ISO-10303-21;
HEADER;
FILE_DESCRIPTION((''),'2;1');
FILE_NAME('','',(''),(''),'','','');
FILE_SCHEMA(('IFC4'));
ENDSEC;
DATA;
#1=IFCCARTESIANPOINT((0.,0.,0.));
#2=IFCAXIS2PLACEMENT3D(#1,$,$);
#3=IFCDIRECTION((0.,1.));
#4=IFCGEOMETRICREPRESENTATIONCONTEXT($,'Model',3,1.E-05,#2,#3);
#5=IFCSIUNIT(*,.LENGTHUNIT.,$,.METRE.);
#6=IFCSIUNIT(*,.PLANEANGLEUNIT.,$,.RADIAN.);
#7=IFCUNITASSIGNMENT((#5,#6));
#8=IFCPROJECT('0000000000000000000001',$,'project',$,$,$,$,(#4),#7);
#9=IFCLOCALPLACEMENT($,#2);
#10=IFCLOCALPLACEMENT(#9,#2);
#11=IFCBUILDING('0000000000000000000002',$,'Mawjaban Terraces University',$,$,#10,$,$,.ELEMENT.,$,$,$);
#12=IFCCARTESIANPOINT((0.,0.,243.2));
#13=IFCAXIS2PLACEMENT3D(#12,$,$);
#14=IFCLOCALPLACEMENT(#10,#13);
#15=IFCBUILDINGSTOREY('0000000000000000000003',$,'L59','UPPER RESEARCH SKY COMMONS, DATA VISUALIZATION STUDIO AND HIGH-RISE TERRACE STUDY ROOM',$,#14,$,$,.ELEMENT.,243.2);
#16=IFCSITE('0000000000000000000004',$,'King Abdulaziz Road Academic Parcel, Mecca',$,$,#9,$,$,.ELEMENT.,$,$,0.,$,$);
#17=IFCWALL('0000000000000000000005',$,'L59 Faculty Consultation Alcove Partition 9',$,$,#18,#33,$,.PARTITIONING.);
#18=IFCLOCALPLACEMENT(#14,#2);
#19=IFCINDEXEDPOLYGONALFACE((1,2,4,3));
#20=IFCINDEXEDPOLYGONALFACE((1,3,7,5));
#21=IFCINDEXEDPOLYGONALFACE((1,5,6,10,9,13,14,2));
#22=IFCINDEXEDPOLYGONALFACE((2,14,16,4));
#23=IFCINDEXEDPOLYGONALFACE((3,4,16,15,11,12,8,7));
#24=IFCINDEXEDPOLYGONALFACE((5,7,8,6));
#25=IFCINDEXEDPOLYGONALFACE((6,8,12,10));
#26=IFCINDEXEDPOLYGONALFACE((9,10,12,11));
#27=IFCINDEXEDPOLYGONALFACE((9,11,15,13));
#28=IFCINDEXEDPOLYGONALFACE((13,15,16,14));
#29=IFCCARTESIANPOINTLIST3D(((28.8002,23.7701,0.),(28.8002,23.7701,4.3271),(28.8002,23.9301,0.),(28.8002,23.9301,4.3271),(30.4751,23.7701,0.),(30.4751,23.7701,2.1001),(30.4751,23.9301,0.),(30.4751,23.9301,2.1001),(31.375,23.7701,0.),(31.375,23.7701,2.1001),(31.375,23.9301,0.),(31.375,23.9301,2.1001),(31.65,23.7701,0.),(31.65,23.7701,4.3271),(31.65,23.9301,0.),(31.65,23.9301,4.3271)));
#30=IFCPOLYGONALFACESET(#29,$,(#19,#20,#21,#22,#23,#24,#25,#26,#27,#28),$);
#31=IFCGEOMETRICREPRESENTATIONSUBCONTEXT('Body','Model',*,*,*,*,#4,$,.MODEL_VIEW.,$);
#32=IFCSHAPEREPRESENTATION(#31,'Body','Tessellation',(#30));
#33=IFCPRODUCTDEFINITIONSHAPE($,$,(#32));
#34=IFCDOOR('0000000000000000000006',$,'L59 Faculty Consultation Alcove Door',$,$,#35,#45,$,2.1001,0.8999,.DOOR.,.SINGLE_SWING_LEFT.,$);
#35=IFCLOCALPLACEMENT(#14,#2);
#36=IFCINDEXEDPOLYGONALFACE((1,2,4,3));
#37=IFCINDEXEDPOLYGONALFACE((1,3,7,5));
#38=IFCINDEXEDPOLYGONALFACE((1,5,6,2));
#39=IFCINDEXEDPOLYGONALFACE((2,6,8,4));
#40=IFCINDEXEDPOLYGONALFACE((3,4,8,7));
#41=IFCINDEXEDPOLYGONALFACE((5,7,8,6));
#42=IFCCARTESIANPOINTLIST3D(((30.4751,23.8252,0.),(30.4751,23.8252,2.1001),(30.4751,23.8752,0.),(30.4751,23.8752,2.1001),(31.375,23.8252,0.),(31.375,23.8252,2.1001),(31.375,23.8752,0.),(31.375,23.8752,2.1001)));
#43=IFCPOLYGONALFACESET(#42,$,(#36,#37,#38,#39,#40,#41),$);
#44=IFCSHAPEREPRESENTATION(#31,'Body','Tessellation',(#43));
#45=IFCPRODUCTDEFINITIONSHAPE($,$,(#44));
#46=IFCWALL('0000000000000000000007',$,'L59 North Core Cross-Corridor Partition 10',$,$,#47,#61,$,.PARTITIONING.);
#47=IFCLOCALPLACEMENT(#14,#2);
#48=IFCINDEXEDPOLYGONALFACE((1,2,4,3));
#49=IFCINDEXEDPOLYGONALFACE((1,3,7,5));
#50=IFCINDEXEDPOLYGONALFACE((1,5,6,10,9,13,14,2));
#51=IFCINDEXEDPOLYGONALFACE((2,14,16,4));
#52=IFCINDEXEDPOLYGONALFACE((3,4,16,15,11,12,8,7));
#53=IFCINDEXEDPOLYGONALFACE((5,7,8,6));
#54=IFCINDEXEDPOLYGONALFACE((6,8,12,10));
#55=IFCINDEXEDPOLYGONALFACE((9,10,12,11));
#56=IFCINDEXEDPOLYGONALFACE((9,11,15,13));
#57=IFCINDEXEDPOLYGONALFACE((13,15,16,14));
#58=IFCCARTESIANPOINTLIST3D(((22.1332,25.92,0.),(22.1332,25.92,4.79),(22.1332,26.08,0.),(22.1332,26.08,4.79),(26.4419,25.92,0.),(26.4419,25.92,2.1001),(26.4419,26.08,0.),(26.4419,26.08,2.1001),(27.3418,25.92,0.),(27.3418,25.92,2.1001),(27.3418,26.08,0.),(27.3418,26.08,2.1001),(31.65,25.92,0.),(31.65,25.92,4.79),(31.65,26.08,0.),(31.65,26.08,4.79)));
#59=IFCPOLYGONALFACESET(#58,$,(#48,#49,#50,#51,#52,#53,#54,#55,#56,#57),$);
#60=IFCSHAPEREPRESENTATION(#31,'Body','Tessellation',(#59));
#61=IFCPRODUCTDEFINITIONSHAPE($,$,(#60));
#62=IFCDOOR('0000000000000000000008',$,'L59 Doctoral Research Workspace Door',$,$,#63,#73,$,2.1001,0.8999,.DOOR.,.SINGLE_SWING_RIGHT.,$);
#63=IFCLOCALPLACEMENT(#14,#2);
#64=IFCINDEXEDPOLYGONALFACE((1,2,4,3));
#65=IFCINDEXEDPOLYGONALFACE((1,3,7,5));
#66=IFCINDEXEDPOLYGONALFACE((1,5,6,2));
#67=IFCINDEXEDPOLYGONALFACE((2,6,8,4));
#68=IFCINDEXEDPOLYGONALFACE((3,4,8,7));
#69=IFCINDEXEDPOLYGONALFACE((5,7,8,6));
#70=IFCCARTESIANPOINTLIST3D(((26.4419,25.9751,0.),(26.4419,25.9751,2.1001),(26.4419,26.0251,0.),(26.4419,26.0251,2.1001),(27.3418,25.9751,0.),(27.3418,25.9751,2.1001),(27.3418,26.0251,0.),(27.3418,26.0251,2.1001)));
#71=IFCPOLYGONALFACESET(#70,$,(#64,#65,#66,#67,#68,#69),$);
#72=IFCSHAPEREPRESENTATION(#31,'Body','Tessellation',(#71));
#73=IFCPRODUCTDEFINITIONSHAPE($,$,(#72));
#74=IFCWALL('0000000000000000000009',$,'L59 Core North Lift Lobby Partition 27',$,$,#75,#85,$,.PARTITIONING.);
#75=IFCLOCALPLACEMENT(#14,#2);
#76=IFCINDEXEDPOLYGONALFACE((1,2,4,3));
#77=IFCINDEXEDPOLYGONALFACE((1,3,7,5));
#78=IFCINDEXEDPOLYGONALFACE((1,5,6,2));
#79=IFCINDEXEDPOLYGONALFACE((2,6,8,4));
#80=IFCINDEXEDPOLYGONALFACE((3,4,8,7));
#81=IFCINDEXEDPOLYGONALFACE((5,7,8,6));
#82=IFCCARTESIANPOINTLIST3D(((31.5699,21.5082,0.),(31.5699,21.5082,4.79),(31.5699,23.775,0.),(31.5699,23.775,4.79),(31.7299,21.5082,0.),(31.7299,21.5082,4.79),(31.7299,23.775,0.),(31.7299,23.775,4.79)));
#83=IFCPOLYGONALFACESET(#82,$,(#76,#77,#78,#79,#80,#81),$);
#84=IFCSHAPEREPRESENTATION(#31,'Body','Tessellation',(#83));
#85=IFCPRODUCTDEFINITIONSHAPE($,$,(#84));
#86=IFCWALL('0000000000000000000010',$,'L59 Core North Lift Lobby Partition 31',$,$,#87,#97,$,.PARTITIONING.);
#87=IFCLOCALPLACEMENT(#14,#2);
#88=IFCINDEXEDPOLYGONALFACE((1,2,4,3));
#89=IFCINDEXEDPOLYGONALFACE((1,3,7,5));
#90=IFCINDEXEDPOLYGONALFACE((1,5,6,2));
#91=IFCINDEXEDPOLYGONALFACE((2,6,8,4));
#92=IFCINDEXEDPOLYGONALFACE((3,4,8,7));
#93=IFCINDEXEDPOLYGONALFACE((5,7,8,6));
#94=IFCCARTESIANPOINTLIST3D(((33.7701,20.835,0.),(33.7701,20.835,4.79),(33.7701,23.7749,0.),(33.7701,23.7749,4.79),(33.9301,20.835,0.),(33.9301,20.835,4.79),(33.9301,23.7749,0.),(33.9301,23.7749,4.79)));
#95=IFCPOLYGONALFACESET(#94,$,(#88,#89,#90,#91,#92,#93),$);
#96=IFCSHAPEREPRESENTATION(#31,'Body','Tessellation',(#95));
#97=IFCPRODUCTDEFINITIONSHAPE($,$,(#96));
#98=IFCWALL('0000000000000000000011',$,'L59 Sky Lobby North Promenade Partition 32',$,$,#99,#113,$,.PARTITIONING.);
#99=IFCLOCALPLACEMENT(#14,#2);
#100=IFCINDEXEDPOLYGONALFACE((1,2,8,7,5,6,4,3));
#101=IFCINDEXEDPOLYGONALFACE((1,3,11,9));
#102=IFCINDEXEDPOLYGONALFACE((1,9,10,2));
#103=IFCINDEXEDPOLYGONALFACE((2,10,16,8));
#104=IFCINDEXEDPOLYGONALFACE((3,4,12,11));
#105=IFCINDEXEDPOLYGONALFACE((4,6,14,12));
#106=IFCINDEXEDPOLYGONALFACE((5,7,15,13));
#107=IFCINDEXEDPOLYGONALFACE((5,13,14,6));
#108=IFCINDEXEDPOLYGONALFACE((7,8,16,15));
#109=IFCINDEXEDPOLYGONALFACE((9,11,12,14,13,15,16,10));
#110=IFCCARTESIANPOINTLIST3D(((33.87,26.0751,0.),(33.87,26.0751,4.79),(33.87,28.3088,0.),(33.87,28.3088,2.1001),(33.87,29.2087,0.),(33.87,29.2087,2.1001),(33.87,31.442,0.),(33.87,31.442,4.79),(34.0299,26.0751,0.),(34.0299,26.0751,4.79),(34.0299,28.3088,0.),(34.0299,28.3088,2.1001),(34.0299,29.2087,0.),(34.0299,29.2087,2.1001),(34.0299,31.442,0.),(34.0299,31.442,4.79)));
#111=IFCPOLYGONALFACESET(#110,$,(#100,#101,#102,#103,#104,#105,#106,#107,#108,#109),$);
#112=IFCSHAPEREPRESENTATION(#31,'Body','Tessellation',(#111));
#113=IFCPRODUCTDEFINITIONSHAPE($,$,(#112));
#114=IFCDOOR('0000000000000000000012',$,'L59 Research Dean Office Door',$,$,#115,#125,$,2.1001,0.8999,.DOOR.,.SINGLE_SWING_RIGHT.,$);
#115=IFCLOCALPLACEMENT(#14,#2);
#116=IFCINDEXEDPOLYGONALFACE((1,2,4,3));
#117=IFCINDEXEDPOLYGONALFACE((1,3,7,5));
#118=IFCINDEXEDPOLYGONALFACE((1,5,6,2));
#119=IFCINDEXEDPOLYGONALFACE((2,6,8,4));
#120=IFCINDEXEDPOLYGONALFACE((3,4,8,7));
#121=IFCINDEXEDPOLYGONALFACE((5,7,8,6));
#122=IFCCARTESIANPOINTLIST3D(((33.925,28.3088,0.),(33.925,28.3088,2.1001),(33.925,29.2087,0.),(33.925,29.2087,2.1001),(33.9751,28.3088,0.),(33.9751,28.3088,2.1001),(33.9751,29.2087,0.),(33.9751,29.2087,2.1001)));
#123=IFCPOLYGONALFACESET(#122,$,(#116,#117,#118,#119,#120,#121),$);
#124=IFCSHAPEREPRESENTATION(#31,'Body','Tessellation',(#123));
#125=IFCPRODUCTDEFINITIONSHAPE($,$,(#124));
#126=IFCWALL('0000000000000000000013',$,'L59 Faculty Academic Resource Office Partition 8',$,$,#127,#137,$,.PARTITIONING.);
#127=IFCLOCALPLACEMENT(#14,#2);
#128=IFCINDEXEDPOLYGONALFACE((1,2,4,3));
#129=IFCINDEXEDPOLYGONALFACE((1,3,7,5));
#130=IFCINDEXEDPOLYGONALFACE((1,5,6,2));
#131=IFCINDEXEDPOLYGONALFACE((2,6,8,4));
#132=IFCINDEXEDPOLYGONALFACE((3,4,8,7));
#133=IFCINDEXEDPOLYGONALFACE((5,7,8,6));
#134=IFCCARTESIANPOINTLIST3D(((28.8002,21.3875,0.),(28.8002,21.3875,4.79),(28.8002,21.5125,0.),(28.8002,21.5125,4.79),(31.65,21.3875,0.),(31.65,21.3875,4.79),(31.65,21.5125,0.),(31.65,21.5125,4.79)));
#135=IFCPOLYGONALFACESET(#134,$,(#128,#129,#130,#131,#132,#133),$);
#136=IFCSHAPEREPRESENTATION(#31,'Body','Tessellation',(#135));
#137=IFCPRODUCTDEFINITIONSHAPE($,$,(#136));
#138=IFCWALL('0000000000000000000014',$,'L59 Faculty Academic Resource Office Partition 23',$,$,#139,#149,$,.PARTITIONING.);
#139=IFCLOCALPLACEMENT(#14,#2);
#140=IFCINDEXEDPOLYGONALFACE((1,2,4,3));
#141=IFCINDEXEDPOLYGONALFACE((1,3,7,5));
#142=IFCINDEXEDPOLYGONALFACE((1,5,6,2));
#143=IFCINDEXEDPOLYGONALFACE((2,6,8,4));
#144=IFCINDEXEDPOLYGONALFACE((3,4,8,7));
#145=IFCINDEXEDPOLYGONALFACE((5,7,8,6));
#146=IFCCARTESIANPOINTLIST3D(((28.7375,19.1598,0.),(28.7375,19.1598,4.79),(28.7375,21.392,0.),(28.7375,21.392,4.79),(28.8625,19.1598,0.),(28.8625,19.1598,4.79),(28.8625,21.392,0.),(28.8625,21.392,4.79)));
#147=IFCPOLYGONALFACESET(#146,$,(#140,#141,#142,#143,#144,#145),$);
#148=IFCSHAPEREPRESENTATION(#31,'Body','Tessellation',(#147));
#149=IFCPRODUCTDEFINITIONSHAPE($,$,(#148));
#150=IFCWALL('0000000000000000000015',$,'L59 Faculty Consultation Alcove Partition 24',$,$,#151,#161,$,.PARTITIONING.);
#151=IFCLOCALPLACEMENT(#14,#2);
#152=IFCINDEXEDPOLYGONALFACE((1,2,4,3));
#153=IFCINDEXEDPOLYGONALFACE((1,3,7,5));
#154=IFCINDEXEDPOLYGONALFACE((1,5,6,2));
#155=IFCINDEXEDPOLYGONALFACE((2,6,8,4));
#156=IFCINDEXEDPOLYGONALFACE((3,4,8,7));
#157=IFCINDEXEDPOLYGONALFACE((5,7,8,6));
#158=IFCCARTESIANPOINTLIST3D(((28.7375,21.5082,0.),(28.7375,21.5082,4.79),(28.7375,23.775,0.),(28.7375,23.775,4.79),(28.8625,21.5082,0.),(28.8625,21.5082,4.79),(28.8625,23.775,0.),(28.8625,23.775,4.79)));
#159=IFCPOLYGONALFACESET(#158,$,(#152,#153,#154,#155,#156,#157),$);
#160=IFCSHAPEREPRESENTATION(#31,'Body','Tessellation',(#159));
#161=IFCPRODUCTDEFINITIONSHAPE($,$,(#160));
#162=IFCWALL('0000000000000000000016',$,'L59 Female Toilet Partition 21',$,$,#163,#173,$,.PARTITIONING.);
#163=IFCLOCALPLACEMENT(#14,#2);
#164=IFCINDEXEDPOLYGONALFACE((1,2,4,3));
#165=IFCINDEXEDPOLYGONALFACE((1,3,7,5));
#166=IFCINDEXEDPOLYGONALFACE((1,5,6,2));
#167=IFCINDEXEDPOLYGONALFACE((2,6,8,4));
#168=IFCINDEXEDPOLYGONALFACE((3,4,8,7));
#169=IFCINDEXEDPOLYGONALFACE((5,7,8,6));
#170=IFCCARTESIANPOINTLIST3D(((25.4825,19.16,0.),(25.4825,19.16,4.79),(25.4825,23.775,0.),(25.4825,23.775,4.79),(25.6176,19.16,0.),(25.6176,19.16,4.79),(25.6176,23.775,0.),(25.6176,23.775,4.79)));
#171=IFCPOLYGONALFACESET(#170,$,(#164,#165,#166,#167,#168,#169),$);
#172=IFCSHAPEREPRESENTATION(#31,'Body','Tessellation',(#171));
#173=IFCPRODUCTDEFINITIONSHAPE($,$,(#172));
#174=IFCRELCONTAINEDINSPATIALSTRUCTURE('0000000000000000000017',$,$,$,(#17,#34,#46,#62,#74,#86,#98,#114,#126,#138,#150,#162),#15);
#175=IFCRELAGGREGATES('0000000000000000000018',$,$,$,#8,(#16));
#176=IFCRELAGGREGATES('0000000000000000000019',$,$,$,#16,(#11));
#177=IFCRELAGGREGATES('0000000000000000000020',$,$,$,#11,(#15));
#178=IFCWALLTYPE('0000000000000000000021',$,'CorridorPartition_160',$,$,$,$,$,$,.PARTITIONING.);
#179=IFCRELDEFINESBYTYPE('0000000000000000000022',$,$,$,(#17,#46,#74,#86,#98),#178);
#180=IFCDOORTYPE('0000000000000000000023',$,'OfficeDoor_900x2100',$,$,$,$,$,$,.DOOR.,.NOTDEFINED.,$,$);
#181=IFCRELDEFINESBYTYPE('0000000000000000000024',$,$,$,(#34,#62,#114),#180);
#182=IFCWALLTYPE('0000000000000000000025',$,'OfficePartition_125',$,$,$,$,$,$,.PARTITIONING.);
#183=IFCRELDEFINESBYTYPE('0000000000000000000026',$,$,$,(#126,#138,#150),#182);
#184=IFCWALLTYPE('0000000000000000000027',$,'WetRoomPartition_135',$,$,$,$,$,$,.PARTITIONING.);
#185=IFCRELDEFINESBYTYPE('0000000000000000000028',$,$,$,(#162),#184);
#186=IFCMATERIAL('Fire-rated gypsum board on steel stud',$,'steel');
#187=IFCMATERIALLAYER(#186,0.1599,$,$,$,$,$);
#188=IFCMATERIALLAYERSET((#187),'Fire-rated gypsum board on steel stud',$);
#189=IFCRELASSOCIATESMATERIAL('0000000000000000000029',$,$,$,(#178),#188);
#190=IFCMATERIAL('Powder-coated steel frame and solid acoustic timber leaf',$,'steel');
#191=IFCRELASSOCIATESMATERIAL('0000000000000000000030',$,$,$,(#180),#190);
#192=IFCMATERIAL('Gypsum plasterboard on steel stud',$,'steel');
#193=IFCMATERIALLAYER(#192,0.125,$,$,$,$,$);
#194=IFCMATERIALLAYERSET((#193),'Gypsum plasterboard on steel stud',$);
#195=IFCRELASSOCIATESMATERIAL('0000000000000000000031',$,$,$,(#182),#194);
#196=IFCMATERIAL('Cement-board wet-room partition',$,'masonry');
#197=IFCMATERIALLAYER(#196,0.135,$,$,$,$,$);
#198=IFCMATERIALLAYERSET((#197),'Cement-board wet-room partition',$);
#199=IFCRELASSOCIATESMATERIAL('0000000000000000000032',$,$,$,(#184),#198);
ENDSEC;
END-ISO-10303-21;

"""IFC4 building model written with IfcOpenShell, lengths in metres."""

from ifc_helpers import new_model, si_unit, direction, frame, frame_2d, origin, place, context, subcontext, project, spatial, rectangle, extrude, material, layer, layer_set, type_object, element, fill, save


model = new_model("IFC4")

# Units and contexts
model_context = context("Model", 3, precision=1e-05, world=origin(), true_north=direction((0.0, 1.0)))
body_context = subcontext(model_context, "Body", "Model", "MODEL_VIEW")
ifc_project = project(units=[si_unit("LENGTHUNIT", "METRE"), si_unit("PLANEANGLEUNIT", "RADIAN")], contexts=[model_context])

# Site, building, storey
site_placement = place(None, origin())
site = spatial("IfcSite", under=ifc_project, at=site_placement, Name="King Abdulaziz Road Academic Parcel, Mecca", CompositionType="ELEMENT", RefElevation=0.0)
building_placement = place(site_placement, origin())
building = spatial("IfcBuilding", under=site, at=building_placement, Name="Mawjaban Terraces University", CompositionType="ELEMENT")
storey_placement = place(building_placement, frame((0.0, 0.0, 243.2)))
storey = spatial("IfcBuildingStorey", under=building, at=storey_placement, Name="L59", Description="UPPER RESEARCH SKY COMMONS, DATA VISUALIZATION STUDIO AND HIGH-RISE TERRACE STUDY ROOM", CompositionType="ELEMENT", Elevation=243.2)

# Walls, openings, doors
ifc_material_1 = material(Name="Fire-rated gypsum board on steel stud", Category="steel")
ifc_layer_1 = layer(ifc_material_1, 0.1599)
ifc_layer_set_1 = layer_set([ifc_layer_1], Name="Fire-rated gypsum board on steel stud")
wall_type_1 = type_object("IfcWallType", Name="CorridorPartition_160", PredefinedType="PARTITIONING", material=ifc_layer_set_1)
ifc_material_2 = material(Name="Powder-coated steel frame and solid acoustic timber leaf", Category="steel")
door_type_1 = type_object("IfcDoorType", Name="OfficeDoor_900x2100", OperationType="NOTDEFINED", PredefinedType="DOOR", material=ifc_material_2)
wall_1_placement = place(storey_placement, frame((31.6499, 23.8501, 0.0), z_axis=(0.0, 0.0, 1.0), x_axis=(-1.0, 0.0, 0.0)))
wall_1 = element("IfcWall", 1, at=wall_1_placement, inside=storey, type_object=wall_type_1, Name="L59 Faculty Consultation Alcove Partition 9", PredefinedType="PARTITIONING", context=body_context, shape_type="SweptSolid", body=[
    extrude(rectangle(XDim=2.8499, YDim=0.1599, at=frame_2d((1.4248, 0.0))), origin(), (0.0, 0.0, 1.0), 4.3271),
])
opening_1_placement = place(wall_1_placement, frame((0.2749, 0.0, 0.0)))
opening_1 = element("IfcOpeningElement", 2, at=opening_1_placement, cuts=wall_1, PredefinedType="OPENING", context=body_context, shape_type="SweptSolid", body=[
    extrude(rectangle(XDim=0.8999, YDim=2.1001, at=frame_2d((0.45, 1.05))), frame((0.0, 0.0898, 0.0), z_axis=(0.0, -1.0, 0.0), x_axis=(1.0, 0.0, 0.0)), (0.0, 0.0, 1.0), 0.1799),
])
door_1_placement = place(opening_1_placement, origin())
door_1 = element("IfcDoor", 3, at=door_1_placement, inside=storey, type_object=door_type_1, Name="L59 Faculty Consultation Alcove Door", OperationType="SINGLE_SWING_LEFT", OverallHeight=2.1001, OverallWidth=0.8999, PredefinedType="DOOR", context=body_context, shape_type="SweptSolid", body=[
    extrude(rectangle(XDim=0.8999, YDim=2.1001, at=frame_2d((0.45, 1.05))), frame((0.0, 0.0249, 0.0), z_axis=(0.0, -1.0, 0.0), x_axis=(1.0, 0.0, 0.0)), (0.0, 0.0, 1.0), 0.05),
])
fill(opening_1, door_1)
wall_2_placement = place(storey_placement, frame((31.6499, 26.0, 0.0), z_axis=(0.0, 0.0, 1.0), x_axis=(-1.0, 0.0, 0.0)))
wall_2 = element("IfcWall", 4, at=wall_2_placement, inside=storey, type_object=wall_type_1, Name="L59 North Core Cross-Corridor Partition 10", PredefinedType="PARTITIONING", context=body_context, shape_type="SweptSolid", body=[
    extrude(rectangle(XDim=9.5168, YDim=0.1599, at=frame_2d((4.7583, 0.0))), origin(), (0.0, 0.0, 1.0), 4.79),
])
opening_2_placement = place(wall_2_placement, frame((4.3081, 0.0, 0.0)))
opening_2 = element("IfcOpeningElement", 5, at=opening_2_placement, cuts=wall_2, PredefinedType="OPENING", context=body_context, shape_type="SweptSolid", body=[
    extrude(rectangle(XDim=0.8999, YDim=2.1001, at=frame_2d((0.45, 1.05))), frame((0.0, 0.0898, 0.0), z_axis=(0.0, -1.0, 0.0), x_axis=(1.0, 0.0, 0.0)), (0.0, 0.0, 1.0), 0.1799),
])
door_2_placement = place(opening_2_placement, origin())
door_2 = element("IfcDoor", 6, at=door_2_placement, inside=storey, type_object=door_type_1, Name="L59 Doctoral Research Workspace Door", OperationType="SINGLE_SWING_RIGHT", OverallHeight=2.1001, OverallWidth=0.8999, PredefinedType="DOOR", context=body_context, shape_type="SweptSolid", body=[
    extrude(rectangle(XDim=0.8999, YDim=2.1001, at=frame_2d((0.45, 1.05))), frame((0.0, 0.0249, 0.0), z_axis=(0.0, -1.0, 0.0), x_axis=(1.0, 0.0, 0.0)), (0.0, 0.0, 1.0), 0.05),
])
fill(opening_2, door_2)

# Walls
wall_3_placement = place(storey_placement, frame((31.6499, 23.7749, 0.0), z_axis=(0.0, 0.0, 1.0), x_axis=(0.0, -1.0, 0.0)))
element("IfcWall", 7, at=wall_3_placement, inside=storey, type_object=wall_type_1, Name="L59 Core North Lift Lobby Partition 27", PredefinedType="PARTITIONING", context=body_context, shape_type="SweptSolid", body=[
    extrude(rectangle(XDim=2.2668, YDim=0.1599, at=frame_2d((1.1333, 0.0))), origin(), (0.0, 0.0, 1.0), 4.79),
])
wall_4_placement = place(storey_placement, frame((33.8501, 20.835, 0.0), z_axis=(0.0, 0.0, 1.0), x_axis=(0.0, 1.0, 0.0)))
element("IfcWall", 8, at=wall_4_placement, inside=storey, type_object=wall_type_1, Name="L59 Core North Lift Lobby Partition 31", PredefinedType="PARTITIONING", context=body_context, shape_type="SweptSolid", body=[
    extrude(rectangle(XDim=2.9399, YDim=0.1599, at=frame_2d((1.47, 0.0))), origin(), (0.0, 0.0, 1.0), 4.79),
])

# Wall, opening, door
wall_5_placement = place(storey_placement, frame((33.95, 26.075, 0.0), z_axis=(0.0, 0.0, 1.0), x_axis=(0.0, 1.0, 0.0)))
wall_5 = element("IfcWall", 9, at=wall_5_placement, inside=storey, type_object=wall_type_1, Name="L59 Sky Lobby North Promenade Partition 32", PredefinedType="PARTITIONING", context=body_context, shape_type="SweptSolid", body=[
    extrude(rectangle(XDim=5.3669, YDim=0.1599, at=frame_2d((2.6836, 0.0))), origin(), (0.0, 0.0, 1.0), 4.79),
])
opening_3_placement = place(wall_5_placement, frame((2.2339, 0.0, 0.0)))
opening_3 = element("IfcOpeningElement", 10, at=opening_3_placement, cuts=wall_5, PredefinedType="OPENING", context=body_context, shape_type="SweptSolid", body=[
    extrude(rectangle(XDim=0.8999, YDim=2.1001, at=frame_2d((0.45, 1.05))), frame((0.0, 0.0898, 0.0), z_axis=(0.0, -1.0, 0.0), x_axis=(1.0, 0.0, 0.0)), (0.0, 0.0, 1.0), 0.1799),
])
door_3_placement = place(opening_3_placement, origin())
door_3 = element("IfcDoor", 11, at=door_3_placement, inside=storey, type_object=door_type_1, Name="L59 Research Dean Office Door", OperationType="SINGLE_SWING_RIGHT", OverallHeight=2.1001, OverallWidth=0.8999, PredefinedType="DOOR", context=body_context, shape_type="SweptSolid", body=[
    extrude(rectangle(XDim=0.8999, YDim=2.1001, at=frame_2d((0.45, 1.05))), frame((0.0, 0.0249, 0.0), z_axis=(0.0, -1.0, 0.0), x_axis=(1.0, 0.0, 0.0)), (0.0, 0.0, 1.0), 0.05),
])
fill(opening_3, door_3)

# Walls
ifc_material_3 = material(Name="Gypsum plasterboard on steel stud", Category="steel")
ifc_layer_2 = layer(ifc_material_3, 0.125)
ifc_layer_set_2 = layer_set([ifc_layer_2], Name="Gypsum plasterboard on steel stud")
wall_type_2 = type_object("IfcWallType", Name="OfficePartition_125", PredefinedType="PARTITIONING", material=ifc_layer_set_2)
wall_6_placement = place(storey_placement, frame((31.6499, 21.45, 0.0), z_axis=(0.0, 0.0, 1.0), x_axis=(-1.0, 0.0, 0.0)))
element("IfcWall", 12, at=wall_6_placement, inside=storey, type_object=wall_type_2, Name="L59 Faculty Academic Resource Office Partition 8", PredefinedType="PARTITIONING", context=body_context, shape_type="SweptSolid", body=[
    extrude(rectangle(XDim=2.8499, YDim=0.125, at=frame_2d((1.4248, 0.0))), origin(), (0.0, 0.0, 1.0), 4.79),
])
wall_7_placement = place(storey_placement, frame((28.8, 21.3921, 0.0), z_axis=(0.0, 0.0, 1.0), x_axis=(0.0, -1.0, 0.0)))
element("IfcWall", 13, at=wall_7_placement, inside=storey, type_object=wall_type_2, Name="L59 Faculty Academic Resource Office Partition 23", PredefinedType="PARTITIONING", context=body_context, shape_type="SweptSolid", body=[
    extrude(rectangle(XDim=2.2322, YDim=0.125, at=frame_2d((1.1162, 0.0))), origin(), (0.0, 0.0, 1.0), 4.79),
])
wall_8_placement = place(storey_placement, frame((28.8, 23.7749, 0.0), z_axis=(0.0, 0.0, 1.0), x_axis=(0.0, -1.0, 0.0)))
element("IfcWall", 14, at=wall_8_placement, inside=storey, type_object=wall_type_2, Name="L59 Faculty Consultation Alcove Partition 24", PredefinedType="PARTITIONING", context=body_context, shape_type="SweptSolid", body=[
    extrude(rectangle(XDim=2.2668, YDim=0.125, at=frame_2d((1.1333, 0.0))), origin(), (0.0, 0.0, 1.0), 4.79),
])
ifc_material_4 = material(Name="Cement-board wet-room partition", Category="masonry")
ifc_layer_3 = layer(ifc_material_4, 0.135)
ifc_layer_set_3 = layer_set([ifc_layer_3], Name="Cement-board wet-room partition")
wall_type_3 = type_object("IfcWallType", Name="WetRoomPartition_135", PredefinedType="PARTITIONING", material=ifc_layer_set_3)
wall_9_placement = place(storey_placement, frame((25.55, 19.1599, 0.0), z_axis=(0.0, 0.0, 1.0), x_axis=(0.0, 1.0, 0.0)))
element("IfcWall", 15, at=wall_9_placement, inside=storey, type_object=wall_type_3, Name="L59 Female Toilet Partition 21", PredefinedType="PARTITIONING", context=body_context, shape_type="SweptSolid", body=[
    extrude(rectangle(XDim=4.615, YDim=0.135, at=frame_2d((2.3076, 0.0))), origin(), (0.0, 0.0, 1.0), 4.79),
])

save(model, "model.ifc")
